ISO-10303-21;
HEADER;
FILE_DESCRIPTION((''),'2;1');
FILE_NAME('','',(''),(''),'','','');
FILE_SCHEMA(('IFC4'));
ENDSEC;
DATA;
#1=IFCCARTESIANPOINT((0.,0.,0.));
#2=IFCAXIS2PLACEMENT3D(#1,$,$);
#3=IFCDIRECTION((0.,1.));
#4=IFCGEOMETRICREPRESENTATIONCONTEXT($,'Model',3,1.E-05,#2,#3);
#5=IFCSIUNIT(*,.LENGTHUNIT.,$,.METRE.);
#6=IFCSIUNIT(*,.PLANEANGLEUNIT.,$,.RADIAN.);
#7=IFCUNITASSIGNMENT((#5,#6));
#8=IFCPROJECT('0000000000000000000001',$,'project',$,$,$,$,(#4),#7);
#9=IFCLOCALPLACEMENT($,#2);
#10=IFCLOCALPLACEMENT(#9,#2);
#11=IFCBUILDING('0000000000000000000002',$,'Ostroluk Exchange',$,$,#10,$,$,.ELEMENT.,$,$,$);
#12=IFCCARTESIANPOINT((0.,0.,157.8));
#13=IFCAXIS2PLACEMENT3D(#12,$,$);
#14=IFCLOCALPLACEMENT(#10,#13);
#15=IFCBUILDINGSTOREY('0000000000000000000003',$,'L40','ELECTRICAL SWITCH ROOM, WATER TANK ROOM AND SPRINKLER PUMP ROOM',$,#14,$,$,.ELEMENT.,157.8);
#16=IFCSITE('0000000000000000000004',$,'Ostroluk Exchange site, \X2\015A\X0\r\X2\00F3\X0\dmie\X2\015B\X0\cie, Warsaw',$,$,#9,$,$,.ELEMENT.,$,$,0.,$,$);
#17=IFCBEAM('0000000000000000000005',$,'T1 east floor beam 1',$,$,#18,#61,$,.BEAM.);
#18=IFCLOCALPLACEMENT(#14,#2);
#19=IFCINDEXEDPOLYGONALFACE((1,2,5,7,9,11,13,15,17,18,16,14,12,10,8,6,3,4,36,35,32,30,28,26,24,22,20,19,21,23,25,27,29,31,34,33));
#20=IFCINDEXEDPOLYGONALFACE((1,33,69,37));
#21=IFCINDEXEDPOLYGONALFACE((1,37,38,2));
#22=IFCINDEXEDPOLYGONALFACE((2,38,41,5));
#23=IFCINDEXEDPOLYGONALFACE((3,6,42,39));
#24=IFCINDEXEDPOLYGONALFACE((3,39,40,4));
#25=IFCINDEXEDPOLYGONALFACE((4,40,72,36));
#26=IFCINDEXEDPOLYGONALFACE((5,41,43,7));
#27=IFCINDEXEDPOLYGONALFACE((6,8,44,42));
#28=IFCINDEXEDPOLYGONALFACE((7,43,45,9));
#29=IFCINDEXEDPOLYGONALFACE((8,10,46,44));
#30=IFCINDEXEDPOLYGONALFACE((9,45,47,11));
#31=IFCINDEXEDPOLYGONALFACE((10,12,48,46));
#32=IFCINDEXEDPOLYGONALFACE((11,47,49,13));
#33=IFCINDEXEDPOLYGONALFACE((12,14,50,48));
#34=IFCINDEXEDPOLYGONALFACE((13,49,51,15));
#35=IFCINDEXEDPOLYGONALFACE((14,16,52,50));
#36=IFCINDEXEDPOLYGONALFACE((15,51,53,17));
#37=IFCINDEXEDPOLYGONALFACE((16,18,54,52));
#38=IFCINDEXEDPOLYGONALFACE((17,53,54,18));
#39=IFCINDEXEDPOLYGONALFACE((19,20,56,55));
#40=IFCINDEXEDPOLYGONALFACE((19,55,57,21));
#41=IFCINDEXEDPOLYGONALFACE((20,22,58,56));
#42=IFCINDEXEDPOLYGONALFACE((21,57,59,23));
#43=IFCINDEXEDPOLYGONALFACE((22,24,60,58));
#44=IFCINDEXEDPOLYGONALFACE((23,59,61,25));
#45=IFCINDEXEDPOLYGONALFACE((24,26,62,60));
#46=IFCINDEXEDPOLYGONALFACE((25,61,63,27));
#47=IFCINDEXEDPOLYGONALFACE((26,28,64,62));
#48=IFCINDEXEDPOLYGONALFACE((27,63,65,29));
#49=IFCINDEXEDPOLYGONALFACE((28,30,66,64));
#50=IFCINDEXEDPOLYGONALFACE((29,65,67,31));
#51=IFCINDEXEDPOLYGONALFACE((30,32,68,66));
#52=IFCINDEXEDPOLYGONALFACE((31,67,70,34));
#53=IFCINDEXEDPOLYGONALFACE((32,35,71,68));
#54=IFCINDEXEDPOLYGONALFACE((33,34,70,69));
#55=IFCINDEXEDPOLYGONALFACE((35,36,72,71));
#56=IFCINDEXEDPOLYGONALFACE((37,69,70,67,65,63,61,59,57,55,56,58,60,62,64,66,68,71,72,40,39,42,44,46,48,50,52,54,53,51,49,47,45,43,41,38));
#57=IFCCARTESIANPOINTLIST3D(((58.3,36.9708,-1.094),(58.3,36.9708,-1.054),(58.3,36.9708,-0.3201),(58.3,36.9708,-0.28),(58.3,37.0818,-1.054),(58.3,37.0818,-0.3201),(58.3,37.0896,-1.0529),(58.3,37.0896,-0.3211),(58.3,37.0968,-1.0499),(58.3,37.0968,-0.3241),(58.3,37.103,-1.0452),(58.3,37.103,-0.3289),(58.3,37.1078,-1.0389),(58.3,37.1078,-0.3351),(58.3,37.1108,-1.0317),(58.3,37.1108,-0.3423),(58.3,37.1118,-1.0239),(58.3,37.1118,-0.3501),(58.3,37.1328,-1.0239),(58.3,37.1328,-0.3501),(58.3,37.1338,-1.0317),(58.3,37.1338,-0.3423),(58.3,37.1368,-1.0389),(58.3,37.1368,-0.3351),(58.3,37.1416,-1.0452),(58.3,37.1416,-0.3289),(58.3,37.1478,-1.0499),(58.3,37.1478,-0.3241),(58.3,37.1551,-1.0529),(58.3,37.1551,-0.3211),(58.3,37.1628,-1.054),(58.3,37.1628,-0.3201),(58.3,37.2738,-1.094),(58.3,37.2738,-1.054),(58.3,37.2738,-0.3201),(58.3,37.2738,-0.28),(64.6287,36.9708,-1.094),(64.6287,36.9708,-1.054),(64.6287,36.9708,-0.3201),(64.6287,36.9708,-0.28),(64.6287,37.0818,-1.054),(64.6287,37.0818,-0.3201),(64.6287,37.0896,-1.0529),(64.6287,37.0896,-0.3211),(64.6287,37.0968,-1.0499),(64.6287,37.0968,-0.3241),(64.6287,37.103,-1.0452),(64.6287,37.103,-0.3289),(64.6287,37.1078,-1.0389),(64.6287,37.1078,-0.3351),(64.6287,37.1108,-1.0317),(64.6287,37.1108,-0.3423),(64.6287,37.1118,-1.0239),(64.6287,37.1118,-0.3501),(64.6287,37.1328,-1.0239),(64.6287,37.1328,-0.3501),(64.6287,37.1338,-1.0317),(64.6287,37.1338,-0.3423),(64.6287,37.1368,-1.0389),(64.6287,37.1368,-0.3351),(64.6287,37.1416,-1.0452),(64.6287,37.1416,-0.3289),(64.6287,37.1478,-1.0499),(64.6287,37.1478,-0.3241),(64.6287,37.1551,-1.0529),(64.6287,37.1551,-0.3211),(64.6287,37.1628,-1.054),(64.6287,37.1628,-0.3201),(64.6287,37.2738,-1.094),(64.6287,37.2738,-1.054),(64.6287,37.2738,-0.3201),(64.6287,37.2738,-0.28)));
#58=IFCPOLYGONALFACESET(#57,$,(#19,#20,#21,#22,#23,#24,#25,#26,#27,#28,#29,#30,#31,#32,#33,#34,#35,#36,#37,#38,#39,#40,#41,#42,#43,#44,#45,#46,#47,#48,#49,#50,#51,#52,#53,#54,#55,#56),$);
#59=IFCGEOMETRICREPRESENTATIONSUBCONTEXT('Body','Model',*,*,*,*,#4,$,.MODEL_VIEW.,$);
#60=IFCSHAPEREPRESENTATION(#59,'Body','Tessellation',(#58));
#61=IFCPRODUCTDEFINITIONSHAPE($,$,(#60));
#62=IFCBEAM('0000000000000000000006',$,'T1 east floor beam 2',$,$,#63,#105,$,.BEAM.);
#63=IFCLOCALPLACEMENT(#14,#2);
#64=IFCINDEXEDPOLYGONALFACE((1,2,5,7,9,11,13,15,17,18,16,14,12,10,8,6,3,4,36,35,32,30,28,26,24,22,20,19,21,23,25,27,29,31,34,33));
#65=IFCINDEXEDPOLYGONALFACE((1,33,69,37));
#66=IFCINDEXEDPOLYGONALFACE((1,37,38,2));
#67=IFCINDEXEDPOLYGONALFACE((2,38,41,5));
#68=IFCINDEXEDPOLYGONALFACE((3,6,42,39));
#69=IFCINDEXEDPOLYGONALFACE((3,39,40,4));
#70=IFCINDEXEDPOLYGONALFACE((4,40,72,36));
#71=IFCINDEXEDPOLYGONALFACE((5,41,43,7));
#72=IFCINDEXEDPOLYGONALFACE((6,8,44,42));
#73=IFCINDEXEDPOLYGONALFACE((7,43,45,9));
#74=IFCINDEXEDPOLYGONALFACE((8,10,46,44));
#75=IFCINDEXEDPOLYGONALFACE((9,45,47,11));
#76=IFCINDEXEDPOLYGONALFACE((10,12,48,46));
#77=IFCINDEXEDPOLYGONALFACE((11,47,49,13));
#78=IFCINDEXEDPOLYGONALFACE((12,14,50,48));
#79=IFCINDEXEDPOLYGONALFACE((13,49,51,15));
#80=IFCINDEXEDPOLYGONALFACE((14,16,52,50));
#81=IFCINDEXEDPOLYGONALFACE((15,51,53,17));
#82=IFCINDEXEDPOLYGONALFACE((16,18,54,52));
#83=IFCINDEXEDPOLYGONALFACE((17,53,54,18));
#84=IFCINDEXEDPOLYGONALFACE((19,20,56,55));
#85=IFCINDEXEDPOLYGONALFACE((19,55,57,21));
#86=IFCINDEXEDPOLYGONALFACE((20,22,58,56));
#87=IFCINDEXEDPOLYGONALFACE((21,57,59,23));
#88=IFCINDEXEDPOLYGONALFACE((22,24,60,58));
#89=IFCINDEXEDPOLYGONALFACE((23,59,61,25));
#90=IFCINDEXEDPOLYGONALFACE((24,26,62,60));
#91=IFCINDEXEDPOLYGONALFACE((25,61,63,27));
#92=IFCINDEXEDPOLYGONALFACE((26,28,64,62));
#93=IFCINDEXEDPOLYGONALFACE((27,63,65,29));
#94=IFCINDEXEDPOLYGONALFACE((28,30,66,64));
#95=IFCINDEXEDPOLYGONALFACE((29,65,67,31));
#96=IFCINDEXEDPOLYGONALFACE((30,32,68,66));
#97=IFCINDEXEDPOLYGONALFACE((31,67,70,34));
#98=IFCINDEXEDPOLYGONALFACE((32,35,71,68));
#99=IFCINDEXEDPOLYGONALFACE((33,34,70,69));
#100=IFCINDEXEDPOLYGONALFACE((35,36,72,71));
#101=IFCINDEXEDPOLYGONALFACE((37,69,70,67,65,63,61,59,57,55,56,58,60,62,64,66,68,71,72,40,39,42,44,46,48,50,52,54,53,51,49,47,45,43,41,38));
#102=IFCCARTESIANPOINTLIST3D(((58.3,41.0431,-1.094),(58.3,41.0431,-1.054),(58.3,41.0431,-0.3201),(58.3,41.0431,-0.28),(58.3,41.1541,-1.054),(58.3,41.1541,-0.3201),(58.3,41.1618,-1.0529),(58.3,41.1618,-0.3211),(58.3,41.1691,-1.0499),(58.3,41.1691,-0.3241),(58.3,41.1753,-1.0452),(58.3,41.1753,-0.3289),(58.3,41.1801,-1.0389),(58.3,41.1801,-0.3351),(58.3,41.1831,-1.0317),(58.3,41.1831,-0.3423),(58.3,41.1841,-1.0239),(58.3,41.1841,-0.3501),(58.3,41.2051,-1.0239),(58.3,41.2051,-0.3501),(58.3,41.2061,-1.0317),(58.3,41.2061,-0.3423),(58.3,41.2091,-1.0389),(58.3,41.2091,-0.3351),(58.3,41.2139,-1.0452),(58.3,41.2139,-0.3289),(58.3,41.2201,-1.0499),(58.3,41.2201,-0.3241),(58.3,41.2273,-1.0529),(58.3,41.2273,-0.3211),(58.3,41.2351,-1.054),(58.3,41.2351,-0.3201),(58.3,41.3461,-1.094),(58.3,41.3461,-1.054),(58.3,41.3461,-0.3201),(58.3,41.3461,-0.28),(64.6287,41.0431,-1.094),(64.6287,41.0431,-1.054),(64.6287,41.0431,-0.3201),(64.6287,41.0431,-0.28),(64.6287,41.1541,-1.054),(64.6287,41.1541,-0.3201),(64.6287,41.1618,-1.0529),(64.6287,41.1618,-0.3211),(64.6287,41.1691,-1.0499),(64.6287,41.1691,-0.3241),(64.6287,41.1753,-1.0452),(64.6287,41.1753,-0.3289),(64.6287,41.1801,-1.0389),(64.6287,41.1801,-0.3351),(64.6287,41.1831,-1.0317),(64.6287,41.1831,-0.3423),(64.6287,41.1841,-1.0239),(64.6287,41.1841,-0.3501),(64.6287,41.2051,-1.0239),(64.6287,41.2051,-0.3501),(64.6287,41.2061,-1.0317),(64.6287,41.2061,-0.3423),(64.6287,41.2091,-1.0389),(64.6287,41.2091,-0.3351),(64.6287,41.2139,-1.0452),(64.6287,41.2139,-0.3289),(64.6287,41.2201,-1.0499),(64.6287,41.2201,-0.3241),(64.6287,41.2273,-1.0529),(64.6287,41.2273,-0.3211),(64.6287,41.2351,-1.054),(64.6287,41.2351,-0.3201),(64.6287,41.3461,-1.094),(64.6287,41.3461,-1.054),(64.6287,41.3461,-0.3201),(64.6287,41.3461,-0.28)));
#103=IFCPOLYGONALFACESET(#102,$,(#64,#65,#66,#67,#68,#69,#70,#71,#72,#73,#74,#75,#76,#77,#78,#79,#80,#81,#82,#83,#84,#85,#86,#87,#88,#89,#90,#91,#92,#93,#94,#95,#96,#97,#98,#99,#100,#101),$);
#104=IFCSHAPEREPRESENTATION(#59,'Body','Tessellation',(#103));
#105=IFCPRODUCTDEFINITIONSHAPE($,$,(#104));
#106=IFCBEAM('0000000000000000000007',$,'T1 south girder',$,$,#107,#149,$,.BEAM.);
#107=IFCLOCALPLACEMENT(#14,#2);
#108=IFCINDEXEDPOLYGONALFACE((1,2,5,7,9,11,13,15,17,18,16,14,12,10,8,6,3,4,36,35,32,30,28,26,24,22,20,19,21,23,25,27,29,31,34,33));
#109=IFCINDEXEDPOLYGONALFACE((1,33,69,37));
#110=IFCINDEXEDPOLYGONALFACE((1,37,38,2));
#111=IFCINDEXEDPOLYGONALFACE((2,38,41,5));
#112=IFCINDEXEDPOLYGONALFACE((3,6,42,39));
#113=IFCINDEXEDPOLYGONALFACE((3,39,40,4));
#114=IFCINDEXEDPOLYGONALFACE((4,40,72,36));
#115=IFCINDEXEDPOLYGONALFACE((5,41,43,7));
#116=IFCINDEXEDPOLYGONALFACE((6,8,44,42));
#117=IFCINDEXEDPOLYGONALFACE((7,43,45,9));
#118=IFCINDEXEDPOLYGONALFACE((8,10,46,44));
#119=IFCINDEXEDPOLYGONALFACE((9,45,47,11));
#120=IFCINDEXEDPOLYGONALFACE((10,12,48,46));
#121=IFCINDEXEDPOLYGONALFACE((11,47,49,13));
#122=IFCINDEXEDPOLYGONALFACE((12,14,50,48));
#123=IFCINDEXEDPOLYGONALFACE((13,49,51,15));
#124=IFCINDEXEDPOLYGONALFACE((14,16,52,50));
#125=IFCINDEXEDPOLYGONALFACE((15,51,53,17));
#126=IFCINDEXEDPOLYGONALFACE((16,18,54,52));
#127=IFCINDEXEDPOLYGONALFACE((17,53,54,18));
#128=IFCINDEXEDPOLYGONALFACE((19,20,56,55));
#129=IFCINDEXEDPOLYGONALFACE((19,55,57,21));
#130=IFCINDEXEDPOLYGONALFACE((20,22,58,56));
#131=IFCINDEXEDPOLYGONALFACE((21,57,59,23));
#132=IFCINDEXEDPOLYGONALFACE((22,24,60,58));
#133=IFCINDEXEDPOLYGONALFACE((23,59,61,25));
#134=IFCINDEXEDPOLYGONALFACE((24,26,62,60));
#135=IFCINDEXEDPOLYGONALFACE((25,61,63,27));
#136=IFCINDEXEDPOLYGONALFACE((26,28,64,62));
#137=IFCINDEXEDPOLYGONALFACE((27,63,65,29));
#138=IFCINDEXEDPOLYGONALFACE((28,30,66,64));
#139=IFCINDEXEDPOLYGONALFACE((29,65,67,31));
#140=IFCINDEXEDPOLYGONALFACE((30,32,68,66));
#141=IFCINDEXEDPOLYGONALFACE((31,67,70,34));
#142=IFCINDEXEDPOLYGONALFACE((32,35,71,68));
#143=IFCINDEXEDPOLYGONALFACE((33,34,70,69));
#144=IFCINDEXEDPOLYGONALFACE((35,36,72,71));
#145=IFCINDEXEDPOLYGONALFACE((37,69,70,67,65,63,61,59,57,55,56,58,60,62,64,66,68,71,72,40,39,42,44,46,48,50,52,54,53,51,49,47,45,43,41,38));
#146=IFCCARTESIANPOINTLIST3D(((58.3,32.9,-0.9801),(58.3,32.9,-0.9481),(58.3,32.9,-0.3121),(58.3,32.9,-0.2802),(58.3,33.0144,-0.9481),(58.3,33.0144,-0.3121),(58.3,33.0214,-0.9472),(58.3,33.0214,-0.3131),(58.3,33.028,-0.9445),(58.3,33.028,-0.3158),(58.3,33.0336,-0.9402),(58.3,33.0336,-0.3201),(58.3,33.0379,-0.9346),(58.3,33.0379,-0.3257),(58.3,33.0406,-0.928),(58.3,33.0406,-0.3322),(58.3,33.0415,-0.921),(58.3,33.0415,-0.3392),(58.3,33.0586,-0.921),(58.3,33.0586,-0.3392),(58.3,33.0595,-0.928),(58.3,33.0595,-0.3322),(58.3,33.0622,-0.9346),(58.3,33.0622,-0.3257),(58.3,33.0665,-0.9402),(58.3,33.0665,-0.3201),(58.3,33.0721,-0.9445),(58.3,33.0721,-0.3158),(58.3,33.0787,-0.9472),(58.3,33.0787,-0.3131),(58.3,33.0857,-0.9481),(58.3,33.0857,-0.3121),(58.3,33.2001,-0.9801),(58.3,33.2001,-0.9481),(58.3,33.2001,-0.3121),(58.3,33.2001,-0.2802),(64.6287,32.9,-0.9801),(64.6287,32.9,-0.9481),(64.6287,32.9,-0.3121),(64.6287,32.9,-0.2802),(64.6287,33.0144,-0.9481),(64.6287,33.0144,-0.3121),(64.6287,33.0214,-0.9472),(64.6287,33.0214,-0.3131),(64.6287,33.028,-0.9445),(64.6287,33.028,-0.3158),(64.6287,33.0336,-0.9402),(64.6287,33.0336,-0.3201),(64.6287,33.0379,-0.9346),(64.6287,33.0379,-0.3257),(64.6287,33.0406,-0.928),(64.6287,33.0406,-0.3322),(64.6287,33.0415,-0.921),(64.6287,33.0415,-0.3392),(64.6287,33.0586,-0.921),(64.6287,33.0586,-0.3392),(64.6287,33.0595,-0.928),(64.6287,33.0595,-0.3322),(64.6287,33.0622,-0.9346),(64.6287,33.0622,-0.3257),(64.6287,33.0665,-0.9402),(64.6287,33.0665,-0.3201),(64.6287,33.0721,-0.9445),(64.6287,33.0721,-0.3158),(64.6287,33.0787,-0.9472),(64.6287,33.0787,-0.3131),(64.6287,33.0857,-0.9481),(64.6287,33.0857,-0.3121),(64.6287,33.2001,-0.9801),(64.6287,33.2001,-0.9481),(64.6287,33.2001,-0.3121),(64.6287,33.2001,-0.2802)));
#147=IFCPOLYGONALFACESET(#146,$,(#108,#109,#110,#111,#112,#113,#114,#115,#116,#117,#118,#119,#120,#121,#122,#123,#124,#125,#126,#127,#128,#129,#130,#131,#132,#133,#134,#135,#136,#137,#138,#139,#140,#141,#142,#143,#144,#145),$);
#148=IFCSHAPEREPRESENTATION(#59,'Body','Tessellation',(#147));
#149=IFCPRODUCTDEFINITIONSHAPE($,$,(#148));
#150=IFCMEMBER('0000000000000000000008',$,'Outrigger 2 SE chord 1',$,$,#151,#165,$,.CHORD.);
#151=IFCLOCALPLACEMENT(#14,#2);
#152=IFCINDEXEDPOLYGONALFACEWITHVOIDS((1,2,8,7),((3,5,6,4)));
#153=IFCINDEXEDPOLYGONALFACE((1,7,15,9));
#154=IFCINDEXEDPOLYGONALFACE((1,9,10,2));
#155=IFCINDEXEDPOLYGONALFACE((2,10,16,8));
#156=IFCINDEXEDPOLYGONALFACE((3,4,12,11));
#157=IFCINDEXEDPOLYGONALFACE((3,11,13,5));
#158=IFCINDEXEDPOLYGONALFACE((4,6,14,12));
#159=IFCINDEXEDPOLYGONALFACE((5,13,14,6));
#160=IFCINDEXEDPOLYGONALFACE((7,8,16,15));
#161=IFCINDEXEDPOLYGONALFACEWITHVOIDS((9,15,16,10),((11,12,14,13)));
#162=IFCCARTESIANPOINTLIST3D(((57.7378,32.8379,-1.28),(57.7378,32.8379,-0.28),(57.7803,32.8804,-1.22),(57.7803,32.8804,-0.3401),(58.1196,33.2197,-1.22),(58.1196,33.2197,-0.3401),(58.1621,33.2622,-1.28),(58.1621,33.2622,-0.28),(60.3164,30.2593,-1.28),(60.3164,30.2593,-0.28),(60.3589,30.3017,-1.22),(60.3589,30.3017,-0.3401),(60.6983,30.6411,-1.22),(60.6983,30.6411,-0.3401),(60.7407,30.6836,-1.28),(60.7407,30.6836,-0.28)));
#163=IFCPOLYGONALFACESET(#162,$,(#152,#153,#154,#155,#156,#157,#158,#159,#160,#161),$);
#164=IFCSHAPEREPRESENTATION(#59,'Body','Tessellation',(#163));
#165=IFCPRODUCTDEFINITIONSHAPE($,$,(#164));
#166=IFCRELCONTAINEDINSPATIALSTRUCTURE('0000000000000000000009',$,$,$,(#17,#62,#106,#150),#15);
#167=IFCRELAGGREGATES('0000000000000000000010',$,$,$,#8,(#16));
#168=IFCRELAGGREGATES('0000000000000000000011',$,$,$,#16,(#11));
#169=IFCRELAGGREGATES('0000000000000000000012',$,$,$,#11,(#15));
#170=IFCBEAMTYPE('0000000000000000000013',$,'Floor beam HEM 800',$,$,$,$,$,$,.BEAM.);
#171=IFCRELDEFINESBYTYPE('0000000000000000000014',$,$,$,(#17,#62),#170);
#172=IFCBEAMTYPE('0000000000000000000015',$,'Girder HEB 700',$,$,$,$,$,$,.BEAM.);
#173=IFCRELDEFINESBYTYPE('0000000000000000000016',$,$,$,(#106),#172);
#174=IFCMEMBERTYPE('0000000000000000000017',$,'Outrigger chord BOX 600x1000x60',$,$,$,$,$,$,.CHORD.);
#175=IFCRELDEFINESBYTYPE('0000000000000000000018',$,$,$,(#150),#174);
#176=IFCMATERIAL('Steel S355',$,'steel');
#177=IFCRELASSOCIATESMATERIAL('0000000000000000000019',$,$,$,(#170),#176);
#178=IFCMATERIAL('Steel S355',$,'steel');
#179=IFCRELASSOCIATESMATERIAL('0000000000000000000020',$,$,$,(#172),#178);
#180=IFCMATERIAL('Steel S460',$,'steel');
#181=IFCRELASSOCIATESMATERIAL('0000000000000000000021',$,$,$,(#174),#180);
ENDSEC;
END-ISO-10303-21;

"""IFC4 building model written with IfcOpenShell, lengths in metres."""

from ifc_helpers import new_model, si_unit, direction, frame, origin, origin_2d, place, context, subcontext, project, spatial, hollow_rectangle, i_section, extrude, material, material_profile, profile_set, type_object, element, save


model = new_model("IFC4")

# Units and contexts
model_context = context("Model", 3, precision=1e-05, world=origin(), true_north=direction((0.0, 1.0)))
body_context = subcontext(model_context, "Body", "Model", "MODEL_VIEW")
ifc_project = project(units=[si_unit("LENGTHUNIT", "METRE"), si_unit("PLANEANGLEUNIT", "RADIAN")], contexts=[model_context])

# Site, building, storey
site_placement = place(None, origin())
site = spatial("IfcSite", under=ifc_project, at=site_placement, Name="Ostroluk Exchange site, Śródmieście, Warsaw", CompositionType="ELEMENT", RefElevation=0.0)
building_placement = place(site_placement, origin())
building = spatial("IfcBuilding", under=site, at=building_placement, Name="Ostroluk Exchange", CompositionType="ELEMENT")
storey_placement = place(building_placement, frame((0.0, 0.0, 157.8)))
storey = spatial("IfcBuildingStorey", under=building, at=storey_placement, Name="L40", Description="ELECTRICAL SWITCH ROOM, WATER TANK ROOM AND SPRINKLER PUMP ROOM", CompositionType="ELEMENT", Elevation=157.8)

# Beams
ifc_material_1 = material(Name="Steel S355", Category="steel")
ifc_material_profile_1 = material_profile(ifc_material_1, i_section(OverallWidth=0.303, OverallDepth=0.814, WebThickness=0.021, FlangeThickness=0.04, FilletRadius=0.03, at=origin_2d()), Name="HEM 800")
ifc_profile_set_1 = profile_set([ifc_material_profile_1], Name="Steel S355")
beam_type_1 = type_object("IfcBeamType", Name="Floor beam HEM 800", PredefinedType="BEAM", material=ifc_profile_set_1)
for number, where, z_axis, x_axis, name in (
    (1, (58.3, 37.1223, -0.687), (1.0, 0.0, 0.0), (0.0, 1.0, 0.0), "T1 east floor beam 1"),
    (2, (58.3, 41.1946, -0.687), (1.0, 0.0, 0.0), (0.0, 1.0, 0.0), "T1 east floor beam 2"),
):
    element("IfcBeam", number, at=place(storey_placement, frame(where, z_axis=z_axis, x_axis=x_axis)), inside=storey, type_object=beam_type_1, Name=name, PredefinedType="BEAM", context=body_context, shape_type="SweptSolid", body=[
        extrude(i_section(OverallWidth=0.303, OverallDepth=0.814, WebThickness=0.021, FlangeThickness=0.04, FilletRadius=0.03, at=origin_2d()), origin(), (0.0, 0.0, 1.0), 6.3286),
    ])
ifc_material_2 = material(Name="Steel S355", Category="steel")
ifc_material_profile_2 = material_profile(ifc_material_2, i_section(OverallWidth=0.3, OverallDepth=0.7, WebThickness=0.0171, FlangeThickness=0.032, FilletRadius=0.0271, at=origin_2d()), Name="HEB 700")
ifc_profile_set_2 = profile_set([ifc_material_profile_2], Name="Steel S355")
beam_type_2 = type_object("IfcBeamType", Name="Girder HEB 700", PredefinedType="BEAM", material=ifc_profile_set_2)
beam_placement = place(storey_placement, frame((58.3, 33.05, -0.6301), z_axis=(1.0, 0.0, 0.0), x_axis=(0.0, 1.0, 0.0)))
element("IfcBeam", 3, at=beam_placement, inside=storey, type_object=beam_type_2, Name="T1 south girder", PredefinedType="BEAM", context=body_context, shape_type="SweptSolid", body=[
    extrude(i_section(OverallWidth=0.3, OverallDepth=0.7, WebThickness=0.0171, FlangeThickness=0.032, FilletRadius=0.0271, at=origin_2d()), origin(), (0.0, 0.0, 1.0), 6.3286),
])

# Member
ifc_material_3 = material(Name="Steel S460", Category="steel")
ifc_material_profile_3 = material_profile(ifc_material_3, hollow_rectangle(XDim=0.6001, YDim=1.0, WallThickness=0.0601, at=origin_2d()), Name="BOX 600x1000x60")
ifc_profile_set_3 = profile_set([ifc_material_profile_3], Name="Steel S460")
member_type = type_object("IfcMemberType", Name="Outrigger chord BOX 600x1000x60", PredefinedType="CHORD", material=ifc_profile_set_3)
member_placement = place(storey_placement, frame((57.95, 33.05, -0.78), z_axis=(0.707107, -0.707107, 0.0), x_axis=(0.707107, 0.707107, 0.0)))
element("IfcMember", 4, at=member_placement, inside=storey, type_object=member_type, Name="Outrigger 2 SE chord 1", PredefinedType="CHORD", context=body_context, shape_type="SweptSolid", body=[
    extrude(hollow_rectangle(XDim=0.6001, YDim=1.0, WallThickness=0.0601, at=origin_2d()), origin(), (0.0, 0.0, 1.0), 3.6467),
])

save(model, "model.ifc")
